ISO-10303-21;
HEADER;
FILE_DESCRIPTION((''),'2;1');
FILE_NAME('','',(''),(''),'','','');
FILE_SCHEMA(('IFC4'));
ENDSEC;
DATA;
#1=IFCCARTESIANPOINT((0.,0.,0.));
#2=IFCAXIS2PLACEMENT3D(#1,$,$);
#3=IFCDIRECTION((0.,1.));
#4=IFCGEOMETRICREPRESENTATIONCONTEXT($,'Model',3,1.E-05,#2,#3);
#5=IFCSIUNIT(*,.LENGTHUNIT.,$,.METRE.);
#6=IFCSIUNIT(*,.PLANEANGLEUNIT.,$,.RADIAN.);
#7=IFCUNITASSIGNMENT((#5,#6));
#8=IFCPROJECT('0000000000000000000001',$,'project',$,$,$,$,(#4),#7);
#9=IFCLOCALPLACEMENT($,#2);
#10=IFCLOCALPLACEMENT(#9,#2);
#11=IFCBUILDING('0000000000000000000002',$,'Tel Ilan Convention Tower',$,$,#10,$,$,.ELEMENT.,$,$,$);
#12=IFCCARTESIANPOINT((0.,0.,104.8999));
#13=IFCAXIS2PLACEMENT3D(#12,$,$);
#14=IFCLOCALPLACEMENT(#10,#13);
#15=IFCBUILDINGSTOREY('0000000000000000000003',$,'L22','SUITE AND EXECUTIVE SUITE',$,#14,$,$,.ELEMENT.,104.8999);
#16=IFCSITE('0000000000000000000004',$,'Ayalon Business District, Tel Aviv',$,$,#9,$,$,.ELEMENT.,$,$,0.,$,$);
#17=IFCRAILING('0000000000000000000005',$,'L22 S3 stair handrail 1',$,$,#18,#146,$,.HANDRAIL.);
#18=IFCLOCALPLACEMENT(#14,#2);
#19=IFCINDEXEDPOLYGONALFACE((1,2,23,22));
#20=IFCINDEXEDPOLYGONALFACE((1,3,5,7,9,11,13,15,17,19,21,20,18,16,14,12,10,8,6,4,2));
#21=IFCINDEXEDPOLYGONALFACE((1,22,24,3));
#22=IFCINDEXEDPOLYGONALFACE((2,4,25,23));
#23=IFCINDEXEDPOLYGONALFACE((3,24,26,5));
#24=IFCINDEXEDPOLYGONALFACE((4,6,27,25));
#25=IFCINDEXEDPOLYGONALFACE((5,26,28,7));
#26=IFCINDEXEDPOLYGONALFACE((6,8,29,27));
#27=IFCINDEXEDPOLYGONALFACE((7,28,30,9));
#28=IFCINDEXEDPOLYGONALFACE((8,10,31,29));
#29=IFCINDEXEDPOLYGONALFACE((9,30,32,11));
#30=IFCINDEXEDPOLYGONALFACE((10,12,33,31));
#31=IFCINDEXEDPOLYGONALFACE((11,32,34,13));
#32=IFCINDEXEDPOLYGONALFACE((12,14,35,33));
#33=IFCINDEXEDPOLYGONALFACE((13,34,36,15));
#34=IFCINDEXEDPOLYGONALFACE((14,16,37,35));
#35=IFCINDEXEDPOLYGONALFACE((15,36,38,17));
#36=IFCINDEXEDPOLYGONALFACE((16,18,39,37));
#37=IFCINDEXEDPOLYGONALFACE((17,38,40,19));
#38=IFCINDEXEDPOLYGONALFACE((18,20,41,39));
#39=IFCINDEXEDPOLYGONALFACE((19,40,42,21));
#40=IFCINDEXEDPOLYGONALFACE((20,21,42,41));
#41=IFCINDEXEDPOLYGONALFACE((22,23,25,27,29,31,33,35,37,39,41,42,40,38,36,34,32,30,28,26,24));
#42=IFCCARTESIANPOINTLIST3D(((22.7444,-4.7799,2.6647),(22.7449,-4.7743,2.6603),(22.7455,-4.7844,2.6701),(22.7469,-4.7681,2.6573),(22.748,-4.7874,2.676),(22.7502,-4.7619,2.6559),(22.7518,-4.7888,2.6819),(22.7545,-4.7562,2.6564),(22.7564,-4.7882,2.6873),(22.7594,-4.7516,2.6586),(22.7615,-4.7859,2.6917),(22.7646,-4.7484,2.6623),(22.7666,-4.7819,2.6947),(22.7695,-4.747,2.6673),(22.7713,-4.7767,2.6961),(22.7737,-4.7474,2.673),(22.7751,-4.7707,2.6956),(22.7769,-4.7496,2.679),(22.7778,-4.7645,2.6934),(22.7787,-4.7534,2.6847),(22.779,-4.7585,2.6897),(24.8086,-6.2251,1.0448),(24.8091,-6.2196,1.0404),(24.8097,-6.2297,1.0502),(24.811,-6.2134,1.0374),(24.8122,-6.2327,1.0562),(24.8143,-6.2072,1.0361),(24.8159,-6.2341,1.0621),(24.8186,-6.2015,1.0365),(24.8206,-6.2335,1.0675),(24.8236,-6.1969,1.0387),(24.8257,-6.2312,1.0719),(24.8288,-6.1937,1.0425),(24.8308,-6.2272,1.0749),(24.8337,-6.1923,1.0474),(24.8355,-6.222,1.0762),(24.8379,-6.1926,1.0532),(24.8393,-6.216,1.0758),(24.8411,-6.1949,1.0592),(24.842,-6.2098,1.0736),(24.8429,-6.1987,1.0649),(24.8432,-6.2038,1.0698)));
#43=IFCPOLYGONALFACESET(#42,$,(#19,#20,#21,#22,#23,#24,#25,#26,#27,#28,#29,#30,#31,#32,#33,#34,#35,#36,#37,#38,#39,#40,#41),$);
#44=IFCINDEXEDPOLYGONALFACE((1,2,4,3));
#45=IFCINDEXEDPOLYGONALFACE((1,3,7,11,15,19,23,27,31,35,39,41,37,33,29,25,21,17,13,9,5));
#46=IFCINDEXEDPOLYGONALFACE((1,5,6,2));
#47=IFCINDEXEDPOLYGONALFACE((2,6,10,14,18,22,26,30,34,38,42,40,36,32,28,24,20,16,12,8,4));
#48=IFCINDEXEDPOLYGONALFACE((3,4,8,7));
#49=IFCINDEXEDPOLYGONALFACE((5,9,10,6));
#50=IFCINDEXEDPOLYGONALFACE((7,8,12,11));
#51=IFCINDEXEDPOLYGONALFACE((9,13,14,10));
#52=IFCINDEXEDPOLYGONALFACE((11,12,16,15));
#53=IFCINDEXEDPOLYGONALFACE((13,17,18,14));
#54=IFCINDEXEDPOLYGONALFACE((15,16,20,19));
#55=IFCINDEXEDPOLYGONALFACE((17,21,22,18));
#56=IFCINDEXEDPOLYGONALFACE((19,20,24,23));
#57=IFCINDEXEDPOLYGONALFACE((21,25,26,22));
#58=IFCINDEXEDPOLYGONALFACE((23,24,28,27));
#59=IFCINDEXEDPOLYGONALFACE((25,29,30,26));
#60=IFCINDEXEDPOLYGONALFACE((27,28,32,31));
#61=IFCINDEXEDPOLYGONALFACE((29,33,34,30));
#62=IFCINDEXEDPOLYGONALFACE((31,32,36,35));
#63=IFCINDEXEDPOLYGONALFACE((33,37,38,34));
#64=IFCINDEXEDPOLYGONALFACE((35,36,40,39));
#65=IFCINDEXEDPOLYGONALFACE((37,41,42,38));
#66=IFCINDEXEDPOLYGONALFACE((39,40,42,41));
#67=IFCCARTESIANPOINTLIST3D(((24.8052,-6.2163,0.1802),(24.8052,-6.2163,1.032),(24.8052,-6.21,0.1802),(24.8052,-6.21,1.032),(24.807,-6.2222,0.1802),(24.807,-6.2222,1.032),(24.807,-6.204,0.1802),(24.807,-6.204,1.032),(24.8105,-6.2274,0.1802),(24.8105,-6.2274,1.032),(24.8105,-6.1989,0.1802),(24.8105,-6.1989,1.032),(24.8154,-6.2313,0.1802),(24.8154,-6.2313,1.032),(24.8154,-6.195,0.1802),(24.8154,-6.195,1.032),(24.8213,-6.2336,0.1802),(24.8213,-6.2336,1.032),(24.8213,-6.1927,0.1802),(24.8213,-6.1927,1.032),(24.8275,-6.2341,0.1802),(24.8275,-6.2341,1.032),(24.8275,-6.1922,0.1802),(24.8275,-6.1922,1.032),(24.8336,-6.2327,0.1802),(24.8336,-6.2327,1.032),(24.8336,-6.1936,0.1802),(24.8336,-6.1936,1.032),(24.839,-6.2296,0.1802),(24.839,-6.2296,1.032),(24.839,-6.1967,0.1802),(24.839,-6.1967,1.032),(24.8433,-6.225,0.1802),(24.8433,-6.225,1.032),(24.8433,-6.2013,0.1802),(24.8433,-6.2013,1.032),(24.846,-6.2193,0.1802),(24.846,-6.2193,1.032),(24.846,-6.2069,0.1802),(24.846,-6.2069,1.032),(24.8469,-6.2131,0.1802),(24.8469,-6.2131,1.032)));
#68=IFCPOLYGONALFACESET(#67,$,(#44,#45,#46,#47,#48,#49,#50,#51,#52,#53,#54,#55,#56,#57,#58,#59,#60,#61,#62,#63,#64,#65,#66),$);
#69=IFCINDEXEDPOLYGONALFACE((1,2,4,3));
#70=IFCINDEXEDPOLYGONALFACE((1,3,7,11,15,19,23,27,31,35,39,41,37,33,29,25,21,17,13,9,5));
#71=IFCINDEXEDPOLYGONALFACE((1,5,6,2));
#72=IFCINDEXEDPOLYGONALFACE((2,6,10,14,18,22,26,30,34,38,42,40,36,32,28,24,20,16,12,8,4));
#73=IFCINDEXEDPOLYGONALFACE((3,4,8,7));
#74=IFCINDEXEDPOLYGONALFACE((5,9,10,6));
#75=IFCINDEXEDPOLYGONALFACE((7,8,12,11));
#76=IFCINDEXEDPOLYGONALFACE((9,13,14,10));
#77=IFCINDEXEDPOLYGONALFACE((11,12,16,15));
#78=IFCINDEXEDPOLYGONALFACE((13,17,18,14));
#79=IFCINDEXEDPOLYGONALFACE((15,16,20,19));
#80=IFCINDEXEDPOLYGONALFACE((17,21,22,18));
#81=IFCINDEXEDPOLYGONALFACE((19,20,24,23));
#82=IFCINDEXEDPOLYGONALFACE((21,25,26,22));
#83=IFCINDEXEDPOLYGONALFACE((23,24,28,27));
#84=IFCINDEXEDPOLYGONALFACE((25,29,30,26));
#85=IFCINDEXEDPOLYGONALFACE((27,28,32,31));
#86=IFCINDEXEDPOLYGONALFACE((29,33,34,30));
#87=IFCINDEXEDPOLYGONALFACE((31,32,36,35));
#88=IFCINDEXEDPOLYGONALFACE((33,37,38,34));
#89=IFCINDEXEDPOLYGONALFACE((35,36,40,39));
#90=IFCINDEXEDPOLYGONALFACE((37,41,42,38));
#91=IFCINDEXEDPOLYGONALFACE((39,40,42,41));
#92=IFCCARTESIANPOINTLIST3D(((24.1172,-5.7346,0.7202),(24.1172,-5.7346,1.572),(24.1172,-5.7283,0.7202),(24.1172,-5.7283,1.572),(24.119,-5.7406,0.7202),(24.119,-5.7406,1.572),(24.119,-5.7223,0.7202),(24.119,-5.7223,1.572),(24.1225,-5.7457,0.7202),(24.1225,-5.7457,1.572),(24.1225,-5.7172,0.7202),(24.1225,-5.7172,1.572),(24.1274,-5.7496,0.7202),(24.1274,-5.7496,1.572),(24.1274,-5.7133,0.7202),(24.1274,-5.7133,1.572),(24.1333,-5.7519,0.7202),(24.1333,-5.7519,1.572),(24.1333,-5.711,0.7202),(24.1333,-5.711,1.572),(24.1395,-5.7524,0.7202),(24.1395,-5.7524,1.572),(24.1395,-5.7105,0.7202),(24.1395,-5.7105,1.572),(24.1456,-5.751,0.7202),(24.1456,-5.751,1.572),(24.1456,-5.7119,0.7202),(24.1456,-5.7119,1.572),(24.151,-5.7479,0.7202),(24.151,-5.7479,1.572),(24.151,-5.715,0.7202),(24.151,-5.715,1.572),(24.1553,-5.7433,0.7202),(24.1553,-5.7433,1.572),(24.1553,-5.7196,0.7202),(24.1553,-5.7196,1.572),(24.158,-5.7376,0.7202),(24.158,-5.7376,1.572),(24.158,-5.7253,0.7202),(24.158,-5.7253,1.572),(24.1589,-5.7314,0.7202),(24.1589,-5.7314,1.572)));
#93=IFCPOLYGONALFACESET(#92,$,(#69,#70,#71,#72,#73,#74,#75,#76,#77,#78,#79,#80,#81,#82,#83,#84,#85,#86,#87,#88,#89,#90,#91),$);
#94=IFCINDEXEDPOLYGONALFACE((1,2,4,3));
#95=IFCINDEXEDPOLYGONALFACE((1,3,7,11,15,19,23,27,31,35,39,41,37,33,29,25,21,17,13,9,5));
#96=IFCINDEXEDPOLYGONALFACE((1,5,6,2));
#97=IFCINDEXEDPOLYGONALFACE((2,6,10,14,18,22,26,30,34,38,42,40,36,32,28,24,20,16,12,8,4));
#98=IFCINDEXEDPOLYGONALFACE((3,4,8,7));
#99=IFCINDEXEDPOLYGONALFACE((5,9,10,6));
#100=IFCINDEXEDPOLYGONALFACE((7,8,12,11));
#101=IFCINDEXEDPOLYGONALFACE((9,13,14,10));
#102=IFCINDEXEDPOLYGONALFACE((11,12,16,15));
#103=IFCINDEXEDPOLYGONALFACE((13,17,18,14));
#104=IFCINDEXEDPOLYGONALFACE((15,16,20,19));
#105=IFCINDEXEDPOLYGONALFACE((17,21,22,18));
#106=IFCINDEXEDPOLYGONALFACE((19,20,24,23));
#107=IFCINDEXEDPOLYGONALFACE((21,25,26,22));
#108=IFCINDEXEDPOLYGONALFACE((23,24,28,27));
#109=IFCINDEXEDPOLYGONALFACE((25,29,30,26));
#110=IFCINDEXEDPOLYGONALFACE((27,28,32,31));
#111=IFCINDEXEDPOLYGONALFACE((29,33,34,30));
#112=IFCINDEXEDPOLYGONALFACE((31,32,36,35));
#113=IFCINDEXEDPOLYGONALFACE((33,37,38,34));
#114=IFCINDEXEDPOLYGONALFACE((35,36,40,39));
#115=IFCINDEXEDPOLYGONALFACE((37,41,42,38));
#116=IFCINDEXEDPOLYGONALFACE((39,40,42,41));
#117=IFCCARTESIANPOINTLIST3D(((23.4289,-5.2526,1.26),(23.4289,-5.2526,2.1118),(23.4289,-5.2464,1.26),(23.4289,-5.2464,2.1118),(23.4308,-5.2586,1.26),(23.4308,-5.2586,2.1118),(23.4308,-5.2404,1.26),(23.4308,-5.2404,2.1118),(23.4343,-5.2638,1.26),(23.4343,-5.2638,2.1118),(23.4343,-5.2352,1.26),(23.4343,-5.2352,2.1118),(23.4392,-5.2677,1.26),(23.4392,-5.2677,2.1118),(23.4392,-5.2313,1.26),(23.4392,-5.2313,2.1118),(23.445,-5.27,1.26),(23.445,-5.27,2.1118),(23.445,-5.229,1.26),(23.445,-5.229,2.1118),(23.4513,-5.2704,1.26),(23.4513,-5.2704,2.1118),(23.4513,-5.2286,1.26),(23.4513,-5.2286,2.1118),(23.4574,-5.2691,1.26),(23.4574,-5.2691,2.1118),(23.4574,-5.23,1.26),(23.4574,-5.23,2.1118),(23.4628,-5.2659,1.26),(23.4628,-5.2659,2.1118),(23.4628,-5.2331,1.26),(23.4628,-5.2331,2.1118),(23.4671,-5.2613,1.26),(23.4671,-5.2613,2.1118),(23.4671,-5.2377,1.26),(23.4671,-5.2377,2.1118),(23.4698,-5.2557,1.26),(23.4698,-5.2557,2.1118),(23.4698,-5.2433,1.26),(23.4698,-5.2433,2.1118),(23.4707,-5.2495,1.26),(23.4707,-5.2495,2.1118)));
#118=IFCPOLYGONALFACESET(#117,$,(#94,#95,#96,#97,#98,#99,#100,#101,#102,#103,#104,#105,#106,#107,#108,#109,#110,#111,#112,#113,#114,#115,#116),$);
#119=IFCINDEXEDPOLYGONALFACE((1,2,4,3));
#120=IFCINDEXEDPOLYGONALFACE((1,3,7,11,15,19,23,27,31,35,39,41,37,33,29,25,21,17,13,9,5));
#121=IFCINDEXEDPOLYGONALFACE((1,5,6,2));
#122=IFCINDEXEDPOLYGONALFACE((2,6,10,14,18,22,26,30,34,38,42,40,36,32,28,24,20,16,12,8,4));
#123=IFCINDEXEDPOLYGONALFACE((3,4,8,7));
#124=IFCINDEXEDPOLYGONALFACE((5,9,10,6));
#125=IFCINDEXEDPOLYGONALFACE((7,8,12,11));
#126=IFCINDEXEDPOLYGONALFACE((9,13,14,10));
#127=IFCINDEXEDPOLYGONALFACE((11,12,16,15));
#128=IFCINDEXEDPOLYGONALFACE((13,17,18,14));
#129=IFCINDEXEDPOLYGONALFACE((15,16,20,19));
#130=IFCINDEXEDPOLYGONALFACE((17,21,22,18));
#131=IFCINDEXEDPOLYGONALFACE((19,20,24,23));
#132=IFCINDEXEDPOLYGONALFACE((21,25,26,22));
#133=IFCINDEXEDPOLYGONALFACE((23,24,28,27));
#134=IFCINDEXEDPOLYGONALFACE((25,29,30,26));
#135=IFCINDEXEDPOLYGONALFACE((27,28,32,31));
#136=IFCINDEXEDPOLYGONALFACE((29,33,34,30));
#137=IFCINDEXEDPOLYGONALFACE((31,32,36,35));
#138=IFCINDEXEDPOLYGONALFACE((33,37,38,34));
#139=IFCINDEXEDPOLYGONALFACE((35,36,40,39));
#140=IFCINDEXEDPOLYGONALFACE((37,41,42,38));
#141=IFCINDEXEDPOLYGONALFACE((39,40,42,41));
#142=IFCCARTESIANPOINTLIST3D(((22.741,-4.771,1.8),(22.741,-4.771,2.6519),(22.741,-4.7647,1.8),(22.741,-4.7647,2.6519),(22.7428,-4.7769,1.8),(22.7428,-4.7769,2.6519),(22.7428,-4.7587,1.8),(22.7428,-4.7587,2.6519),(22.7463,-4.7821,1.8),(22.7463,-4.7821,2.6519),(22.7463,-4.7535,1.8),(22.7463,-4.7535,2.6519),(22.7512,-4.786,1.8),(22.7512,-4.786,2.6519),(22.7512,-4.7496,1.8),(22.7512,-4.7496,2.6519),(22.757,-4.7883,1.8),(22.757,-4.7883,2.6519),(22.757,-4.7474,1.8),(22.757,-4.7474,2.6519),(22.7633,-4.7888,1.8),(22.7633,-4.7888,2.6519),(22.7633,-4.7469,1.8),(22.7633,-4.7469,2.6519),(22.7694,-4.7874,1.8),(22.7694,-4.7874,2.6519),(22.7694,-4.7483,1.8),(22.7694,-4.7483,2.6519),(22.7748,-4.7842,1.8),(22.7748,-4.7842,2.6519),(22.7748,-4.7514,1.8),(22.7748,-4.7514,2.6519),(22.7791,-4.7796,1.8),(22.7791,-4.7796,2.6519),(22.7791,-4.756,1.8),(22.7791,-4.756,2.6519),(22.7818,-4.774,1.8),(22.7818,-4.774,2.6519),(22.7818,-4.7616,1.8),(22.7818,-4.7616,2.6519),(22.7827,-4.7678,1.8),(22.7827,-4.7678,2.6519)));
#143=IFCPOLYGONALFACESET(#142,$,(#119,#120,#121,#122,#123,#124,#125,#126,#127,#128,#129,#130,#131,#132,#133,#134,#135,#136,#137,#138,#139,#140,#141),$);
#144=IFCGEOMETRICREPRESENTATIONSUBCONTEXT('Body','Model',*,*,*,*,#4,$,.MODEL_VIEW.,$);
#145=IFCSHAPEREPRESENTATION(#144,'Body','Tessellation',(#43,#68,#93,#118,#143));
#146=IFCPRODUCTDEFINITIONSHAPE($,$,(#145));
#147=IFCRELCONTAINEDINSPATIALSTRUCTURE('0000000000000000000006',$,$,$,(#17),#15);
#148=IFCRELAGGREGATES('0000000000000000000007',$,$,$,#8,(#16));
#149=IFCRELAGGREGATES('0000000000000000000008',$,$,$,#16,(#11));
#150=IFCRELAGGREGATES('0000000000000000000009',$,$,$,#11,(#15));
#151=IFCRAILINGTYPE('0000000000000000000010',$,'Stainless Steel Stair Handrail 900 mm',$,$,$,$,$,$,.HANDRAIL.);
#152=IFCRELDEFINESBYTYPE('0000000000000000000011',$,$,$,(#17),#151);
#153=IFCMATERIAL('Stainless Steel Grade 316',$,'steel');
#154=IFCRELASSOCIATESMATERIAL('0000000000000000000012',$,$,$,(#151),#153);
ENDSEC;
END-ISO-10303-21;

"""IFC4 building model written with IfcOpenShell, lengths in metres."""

from ifc_helpers import new_model, si_unit, direction, frame, origin, origin_2d, place, context, subcontext, project, spatial, circle, extrude, material, type_object, element, save


model = new_model("IFC4")

# Units and contexts
model_context = context("Model", 3, precision=1e-05, world=origin(), true_north=direction((0.0, 1.0)))
body_context = subcontext(model_context, "Body", "Model", "MODEL_VIEW")
ifc_project = project(units=[si_unit("LENGTHUNIT", "METRE"), si_unit("PLANEANGLEUNIT", "RADIAN")], contexts=[model_context])

# Site, building, storey
site_placement = place(None, origin())
site = spatial("IfcSite", under=ifc_project, at=site_placement, Name="Ayalon Business District, Tel Aviv", CompositionType="ELEMENT", RefElevation=0.0)
building_placement = place(site_placement, origin())
building = spatial("IfcBuilding", under=site, at=building_placement, Name="Tel Ilan Convention Tower", CompositionType="ELEMENT")
storey_placement = place(building_placement, frame((0.0, 0.0, 104.8999)))
storey = spatial("IfcBuildingStorey", under=building, at=storey_placement, Name="L22", Description="SUITE AND EXECUTIVE SUITE", CompositionType="ELEMENT", Elevation=104.8999)

# Railing
ifc_material_1 = material(Name="Stainless Steel Grade 316", Category="steel")
railing_type_1 = type_object("IfcRailingType", Name="Stainless Steel Stair Handrail 900 mm", PredefinedType="HANDRAIL", material=ifc_material_1)
railing_1_placement = place(storey_placement, frame((24.8259, -6.2131, 0.1802)))
element("IfcRailing", 1, at=railing_1_placement, inside=storey, type_object=railing_type_1, Name="L22 S3 stair handrail 1", PredefinedType="HANDRAIL", context=body_context, shape_type="SweptSolid", body=[
    extrude(circle(Radius=0.0239, at=origin_2d()), frame((0.0, 0.0, 0.876), z_axis=(-0.68907, 0.482472, 0.540743), x_axis=(-0.57356, -0.819164, 0.0)), (0.0, 0.0, 1.0), 2.9956),
    extrude(circle(Radius=0.021, at=origin_2d()), origin(), (0.0, 0.0, 1.0), 0.8518),
    extrude(circle(Radius=0.021, at=origin_2d()), frame((-0.688, 0.4817, 0.54)), (0.0, 0.0, 1.0), 0.8518),
    extrude(circle(Radius=0.021, at=origin_2d()), frame((-1.3762, 0.9636, 1.0798)), (0.0, 0.0, 1.0), 0.8518),
    extrude(circle(Radius=0.021, at=origin_2d()), frame((-2.0642, 1.4453, 1.6199)), (0.0, 0.0, 1.0), 0.8518),
])

save(model, "model.ifc")
